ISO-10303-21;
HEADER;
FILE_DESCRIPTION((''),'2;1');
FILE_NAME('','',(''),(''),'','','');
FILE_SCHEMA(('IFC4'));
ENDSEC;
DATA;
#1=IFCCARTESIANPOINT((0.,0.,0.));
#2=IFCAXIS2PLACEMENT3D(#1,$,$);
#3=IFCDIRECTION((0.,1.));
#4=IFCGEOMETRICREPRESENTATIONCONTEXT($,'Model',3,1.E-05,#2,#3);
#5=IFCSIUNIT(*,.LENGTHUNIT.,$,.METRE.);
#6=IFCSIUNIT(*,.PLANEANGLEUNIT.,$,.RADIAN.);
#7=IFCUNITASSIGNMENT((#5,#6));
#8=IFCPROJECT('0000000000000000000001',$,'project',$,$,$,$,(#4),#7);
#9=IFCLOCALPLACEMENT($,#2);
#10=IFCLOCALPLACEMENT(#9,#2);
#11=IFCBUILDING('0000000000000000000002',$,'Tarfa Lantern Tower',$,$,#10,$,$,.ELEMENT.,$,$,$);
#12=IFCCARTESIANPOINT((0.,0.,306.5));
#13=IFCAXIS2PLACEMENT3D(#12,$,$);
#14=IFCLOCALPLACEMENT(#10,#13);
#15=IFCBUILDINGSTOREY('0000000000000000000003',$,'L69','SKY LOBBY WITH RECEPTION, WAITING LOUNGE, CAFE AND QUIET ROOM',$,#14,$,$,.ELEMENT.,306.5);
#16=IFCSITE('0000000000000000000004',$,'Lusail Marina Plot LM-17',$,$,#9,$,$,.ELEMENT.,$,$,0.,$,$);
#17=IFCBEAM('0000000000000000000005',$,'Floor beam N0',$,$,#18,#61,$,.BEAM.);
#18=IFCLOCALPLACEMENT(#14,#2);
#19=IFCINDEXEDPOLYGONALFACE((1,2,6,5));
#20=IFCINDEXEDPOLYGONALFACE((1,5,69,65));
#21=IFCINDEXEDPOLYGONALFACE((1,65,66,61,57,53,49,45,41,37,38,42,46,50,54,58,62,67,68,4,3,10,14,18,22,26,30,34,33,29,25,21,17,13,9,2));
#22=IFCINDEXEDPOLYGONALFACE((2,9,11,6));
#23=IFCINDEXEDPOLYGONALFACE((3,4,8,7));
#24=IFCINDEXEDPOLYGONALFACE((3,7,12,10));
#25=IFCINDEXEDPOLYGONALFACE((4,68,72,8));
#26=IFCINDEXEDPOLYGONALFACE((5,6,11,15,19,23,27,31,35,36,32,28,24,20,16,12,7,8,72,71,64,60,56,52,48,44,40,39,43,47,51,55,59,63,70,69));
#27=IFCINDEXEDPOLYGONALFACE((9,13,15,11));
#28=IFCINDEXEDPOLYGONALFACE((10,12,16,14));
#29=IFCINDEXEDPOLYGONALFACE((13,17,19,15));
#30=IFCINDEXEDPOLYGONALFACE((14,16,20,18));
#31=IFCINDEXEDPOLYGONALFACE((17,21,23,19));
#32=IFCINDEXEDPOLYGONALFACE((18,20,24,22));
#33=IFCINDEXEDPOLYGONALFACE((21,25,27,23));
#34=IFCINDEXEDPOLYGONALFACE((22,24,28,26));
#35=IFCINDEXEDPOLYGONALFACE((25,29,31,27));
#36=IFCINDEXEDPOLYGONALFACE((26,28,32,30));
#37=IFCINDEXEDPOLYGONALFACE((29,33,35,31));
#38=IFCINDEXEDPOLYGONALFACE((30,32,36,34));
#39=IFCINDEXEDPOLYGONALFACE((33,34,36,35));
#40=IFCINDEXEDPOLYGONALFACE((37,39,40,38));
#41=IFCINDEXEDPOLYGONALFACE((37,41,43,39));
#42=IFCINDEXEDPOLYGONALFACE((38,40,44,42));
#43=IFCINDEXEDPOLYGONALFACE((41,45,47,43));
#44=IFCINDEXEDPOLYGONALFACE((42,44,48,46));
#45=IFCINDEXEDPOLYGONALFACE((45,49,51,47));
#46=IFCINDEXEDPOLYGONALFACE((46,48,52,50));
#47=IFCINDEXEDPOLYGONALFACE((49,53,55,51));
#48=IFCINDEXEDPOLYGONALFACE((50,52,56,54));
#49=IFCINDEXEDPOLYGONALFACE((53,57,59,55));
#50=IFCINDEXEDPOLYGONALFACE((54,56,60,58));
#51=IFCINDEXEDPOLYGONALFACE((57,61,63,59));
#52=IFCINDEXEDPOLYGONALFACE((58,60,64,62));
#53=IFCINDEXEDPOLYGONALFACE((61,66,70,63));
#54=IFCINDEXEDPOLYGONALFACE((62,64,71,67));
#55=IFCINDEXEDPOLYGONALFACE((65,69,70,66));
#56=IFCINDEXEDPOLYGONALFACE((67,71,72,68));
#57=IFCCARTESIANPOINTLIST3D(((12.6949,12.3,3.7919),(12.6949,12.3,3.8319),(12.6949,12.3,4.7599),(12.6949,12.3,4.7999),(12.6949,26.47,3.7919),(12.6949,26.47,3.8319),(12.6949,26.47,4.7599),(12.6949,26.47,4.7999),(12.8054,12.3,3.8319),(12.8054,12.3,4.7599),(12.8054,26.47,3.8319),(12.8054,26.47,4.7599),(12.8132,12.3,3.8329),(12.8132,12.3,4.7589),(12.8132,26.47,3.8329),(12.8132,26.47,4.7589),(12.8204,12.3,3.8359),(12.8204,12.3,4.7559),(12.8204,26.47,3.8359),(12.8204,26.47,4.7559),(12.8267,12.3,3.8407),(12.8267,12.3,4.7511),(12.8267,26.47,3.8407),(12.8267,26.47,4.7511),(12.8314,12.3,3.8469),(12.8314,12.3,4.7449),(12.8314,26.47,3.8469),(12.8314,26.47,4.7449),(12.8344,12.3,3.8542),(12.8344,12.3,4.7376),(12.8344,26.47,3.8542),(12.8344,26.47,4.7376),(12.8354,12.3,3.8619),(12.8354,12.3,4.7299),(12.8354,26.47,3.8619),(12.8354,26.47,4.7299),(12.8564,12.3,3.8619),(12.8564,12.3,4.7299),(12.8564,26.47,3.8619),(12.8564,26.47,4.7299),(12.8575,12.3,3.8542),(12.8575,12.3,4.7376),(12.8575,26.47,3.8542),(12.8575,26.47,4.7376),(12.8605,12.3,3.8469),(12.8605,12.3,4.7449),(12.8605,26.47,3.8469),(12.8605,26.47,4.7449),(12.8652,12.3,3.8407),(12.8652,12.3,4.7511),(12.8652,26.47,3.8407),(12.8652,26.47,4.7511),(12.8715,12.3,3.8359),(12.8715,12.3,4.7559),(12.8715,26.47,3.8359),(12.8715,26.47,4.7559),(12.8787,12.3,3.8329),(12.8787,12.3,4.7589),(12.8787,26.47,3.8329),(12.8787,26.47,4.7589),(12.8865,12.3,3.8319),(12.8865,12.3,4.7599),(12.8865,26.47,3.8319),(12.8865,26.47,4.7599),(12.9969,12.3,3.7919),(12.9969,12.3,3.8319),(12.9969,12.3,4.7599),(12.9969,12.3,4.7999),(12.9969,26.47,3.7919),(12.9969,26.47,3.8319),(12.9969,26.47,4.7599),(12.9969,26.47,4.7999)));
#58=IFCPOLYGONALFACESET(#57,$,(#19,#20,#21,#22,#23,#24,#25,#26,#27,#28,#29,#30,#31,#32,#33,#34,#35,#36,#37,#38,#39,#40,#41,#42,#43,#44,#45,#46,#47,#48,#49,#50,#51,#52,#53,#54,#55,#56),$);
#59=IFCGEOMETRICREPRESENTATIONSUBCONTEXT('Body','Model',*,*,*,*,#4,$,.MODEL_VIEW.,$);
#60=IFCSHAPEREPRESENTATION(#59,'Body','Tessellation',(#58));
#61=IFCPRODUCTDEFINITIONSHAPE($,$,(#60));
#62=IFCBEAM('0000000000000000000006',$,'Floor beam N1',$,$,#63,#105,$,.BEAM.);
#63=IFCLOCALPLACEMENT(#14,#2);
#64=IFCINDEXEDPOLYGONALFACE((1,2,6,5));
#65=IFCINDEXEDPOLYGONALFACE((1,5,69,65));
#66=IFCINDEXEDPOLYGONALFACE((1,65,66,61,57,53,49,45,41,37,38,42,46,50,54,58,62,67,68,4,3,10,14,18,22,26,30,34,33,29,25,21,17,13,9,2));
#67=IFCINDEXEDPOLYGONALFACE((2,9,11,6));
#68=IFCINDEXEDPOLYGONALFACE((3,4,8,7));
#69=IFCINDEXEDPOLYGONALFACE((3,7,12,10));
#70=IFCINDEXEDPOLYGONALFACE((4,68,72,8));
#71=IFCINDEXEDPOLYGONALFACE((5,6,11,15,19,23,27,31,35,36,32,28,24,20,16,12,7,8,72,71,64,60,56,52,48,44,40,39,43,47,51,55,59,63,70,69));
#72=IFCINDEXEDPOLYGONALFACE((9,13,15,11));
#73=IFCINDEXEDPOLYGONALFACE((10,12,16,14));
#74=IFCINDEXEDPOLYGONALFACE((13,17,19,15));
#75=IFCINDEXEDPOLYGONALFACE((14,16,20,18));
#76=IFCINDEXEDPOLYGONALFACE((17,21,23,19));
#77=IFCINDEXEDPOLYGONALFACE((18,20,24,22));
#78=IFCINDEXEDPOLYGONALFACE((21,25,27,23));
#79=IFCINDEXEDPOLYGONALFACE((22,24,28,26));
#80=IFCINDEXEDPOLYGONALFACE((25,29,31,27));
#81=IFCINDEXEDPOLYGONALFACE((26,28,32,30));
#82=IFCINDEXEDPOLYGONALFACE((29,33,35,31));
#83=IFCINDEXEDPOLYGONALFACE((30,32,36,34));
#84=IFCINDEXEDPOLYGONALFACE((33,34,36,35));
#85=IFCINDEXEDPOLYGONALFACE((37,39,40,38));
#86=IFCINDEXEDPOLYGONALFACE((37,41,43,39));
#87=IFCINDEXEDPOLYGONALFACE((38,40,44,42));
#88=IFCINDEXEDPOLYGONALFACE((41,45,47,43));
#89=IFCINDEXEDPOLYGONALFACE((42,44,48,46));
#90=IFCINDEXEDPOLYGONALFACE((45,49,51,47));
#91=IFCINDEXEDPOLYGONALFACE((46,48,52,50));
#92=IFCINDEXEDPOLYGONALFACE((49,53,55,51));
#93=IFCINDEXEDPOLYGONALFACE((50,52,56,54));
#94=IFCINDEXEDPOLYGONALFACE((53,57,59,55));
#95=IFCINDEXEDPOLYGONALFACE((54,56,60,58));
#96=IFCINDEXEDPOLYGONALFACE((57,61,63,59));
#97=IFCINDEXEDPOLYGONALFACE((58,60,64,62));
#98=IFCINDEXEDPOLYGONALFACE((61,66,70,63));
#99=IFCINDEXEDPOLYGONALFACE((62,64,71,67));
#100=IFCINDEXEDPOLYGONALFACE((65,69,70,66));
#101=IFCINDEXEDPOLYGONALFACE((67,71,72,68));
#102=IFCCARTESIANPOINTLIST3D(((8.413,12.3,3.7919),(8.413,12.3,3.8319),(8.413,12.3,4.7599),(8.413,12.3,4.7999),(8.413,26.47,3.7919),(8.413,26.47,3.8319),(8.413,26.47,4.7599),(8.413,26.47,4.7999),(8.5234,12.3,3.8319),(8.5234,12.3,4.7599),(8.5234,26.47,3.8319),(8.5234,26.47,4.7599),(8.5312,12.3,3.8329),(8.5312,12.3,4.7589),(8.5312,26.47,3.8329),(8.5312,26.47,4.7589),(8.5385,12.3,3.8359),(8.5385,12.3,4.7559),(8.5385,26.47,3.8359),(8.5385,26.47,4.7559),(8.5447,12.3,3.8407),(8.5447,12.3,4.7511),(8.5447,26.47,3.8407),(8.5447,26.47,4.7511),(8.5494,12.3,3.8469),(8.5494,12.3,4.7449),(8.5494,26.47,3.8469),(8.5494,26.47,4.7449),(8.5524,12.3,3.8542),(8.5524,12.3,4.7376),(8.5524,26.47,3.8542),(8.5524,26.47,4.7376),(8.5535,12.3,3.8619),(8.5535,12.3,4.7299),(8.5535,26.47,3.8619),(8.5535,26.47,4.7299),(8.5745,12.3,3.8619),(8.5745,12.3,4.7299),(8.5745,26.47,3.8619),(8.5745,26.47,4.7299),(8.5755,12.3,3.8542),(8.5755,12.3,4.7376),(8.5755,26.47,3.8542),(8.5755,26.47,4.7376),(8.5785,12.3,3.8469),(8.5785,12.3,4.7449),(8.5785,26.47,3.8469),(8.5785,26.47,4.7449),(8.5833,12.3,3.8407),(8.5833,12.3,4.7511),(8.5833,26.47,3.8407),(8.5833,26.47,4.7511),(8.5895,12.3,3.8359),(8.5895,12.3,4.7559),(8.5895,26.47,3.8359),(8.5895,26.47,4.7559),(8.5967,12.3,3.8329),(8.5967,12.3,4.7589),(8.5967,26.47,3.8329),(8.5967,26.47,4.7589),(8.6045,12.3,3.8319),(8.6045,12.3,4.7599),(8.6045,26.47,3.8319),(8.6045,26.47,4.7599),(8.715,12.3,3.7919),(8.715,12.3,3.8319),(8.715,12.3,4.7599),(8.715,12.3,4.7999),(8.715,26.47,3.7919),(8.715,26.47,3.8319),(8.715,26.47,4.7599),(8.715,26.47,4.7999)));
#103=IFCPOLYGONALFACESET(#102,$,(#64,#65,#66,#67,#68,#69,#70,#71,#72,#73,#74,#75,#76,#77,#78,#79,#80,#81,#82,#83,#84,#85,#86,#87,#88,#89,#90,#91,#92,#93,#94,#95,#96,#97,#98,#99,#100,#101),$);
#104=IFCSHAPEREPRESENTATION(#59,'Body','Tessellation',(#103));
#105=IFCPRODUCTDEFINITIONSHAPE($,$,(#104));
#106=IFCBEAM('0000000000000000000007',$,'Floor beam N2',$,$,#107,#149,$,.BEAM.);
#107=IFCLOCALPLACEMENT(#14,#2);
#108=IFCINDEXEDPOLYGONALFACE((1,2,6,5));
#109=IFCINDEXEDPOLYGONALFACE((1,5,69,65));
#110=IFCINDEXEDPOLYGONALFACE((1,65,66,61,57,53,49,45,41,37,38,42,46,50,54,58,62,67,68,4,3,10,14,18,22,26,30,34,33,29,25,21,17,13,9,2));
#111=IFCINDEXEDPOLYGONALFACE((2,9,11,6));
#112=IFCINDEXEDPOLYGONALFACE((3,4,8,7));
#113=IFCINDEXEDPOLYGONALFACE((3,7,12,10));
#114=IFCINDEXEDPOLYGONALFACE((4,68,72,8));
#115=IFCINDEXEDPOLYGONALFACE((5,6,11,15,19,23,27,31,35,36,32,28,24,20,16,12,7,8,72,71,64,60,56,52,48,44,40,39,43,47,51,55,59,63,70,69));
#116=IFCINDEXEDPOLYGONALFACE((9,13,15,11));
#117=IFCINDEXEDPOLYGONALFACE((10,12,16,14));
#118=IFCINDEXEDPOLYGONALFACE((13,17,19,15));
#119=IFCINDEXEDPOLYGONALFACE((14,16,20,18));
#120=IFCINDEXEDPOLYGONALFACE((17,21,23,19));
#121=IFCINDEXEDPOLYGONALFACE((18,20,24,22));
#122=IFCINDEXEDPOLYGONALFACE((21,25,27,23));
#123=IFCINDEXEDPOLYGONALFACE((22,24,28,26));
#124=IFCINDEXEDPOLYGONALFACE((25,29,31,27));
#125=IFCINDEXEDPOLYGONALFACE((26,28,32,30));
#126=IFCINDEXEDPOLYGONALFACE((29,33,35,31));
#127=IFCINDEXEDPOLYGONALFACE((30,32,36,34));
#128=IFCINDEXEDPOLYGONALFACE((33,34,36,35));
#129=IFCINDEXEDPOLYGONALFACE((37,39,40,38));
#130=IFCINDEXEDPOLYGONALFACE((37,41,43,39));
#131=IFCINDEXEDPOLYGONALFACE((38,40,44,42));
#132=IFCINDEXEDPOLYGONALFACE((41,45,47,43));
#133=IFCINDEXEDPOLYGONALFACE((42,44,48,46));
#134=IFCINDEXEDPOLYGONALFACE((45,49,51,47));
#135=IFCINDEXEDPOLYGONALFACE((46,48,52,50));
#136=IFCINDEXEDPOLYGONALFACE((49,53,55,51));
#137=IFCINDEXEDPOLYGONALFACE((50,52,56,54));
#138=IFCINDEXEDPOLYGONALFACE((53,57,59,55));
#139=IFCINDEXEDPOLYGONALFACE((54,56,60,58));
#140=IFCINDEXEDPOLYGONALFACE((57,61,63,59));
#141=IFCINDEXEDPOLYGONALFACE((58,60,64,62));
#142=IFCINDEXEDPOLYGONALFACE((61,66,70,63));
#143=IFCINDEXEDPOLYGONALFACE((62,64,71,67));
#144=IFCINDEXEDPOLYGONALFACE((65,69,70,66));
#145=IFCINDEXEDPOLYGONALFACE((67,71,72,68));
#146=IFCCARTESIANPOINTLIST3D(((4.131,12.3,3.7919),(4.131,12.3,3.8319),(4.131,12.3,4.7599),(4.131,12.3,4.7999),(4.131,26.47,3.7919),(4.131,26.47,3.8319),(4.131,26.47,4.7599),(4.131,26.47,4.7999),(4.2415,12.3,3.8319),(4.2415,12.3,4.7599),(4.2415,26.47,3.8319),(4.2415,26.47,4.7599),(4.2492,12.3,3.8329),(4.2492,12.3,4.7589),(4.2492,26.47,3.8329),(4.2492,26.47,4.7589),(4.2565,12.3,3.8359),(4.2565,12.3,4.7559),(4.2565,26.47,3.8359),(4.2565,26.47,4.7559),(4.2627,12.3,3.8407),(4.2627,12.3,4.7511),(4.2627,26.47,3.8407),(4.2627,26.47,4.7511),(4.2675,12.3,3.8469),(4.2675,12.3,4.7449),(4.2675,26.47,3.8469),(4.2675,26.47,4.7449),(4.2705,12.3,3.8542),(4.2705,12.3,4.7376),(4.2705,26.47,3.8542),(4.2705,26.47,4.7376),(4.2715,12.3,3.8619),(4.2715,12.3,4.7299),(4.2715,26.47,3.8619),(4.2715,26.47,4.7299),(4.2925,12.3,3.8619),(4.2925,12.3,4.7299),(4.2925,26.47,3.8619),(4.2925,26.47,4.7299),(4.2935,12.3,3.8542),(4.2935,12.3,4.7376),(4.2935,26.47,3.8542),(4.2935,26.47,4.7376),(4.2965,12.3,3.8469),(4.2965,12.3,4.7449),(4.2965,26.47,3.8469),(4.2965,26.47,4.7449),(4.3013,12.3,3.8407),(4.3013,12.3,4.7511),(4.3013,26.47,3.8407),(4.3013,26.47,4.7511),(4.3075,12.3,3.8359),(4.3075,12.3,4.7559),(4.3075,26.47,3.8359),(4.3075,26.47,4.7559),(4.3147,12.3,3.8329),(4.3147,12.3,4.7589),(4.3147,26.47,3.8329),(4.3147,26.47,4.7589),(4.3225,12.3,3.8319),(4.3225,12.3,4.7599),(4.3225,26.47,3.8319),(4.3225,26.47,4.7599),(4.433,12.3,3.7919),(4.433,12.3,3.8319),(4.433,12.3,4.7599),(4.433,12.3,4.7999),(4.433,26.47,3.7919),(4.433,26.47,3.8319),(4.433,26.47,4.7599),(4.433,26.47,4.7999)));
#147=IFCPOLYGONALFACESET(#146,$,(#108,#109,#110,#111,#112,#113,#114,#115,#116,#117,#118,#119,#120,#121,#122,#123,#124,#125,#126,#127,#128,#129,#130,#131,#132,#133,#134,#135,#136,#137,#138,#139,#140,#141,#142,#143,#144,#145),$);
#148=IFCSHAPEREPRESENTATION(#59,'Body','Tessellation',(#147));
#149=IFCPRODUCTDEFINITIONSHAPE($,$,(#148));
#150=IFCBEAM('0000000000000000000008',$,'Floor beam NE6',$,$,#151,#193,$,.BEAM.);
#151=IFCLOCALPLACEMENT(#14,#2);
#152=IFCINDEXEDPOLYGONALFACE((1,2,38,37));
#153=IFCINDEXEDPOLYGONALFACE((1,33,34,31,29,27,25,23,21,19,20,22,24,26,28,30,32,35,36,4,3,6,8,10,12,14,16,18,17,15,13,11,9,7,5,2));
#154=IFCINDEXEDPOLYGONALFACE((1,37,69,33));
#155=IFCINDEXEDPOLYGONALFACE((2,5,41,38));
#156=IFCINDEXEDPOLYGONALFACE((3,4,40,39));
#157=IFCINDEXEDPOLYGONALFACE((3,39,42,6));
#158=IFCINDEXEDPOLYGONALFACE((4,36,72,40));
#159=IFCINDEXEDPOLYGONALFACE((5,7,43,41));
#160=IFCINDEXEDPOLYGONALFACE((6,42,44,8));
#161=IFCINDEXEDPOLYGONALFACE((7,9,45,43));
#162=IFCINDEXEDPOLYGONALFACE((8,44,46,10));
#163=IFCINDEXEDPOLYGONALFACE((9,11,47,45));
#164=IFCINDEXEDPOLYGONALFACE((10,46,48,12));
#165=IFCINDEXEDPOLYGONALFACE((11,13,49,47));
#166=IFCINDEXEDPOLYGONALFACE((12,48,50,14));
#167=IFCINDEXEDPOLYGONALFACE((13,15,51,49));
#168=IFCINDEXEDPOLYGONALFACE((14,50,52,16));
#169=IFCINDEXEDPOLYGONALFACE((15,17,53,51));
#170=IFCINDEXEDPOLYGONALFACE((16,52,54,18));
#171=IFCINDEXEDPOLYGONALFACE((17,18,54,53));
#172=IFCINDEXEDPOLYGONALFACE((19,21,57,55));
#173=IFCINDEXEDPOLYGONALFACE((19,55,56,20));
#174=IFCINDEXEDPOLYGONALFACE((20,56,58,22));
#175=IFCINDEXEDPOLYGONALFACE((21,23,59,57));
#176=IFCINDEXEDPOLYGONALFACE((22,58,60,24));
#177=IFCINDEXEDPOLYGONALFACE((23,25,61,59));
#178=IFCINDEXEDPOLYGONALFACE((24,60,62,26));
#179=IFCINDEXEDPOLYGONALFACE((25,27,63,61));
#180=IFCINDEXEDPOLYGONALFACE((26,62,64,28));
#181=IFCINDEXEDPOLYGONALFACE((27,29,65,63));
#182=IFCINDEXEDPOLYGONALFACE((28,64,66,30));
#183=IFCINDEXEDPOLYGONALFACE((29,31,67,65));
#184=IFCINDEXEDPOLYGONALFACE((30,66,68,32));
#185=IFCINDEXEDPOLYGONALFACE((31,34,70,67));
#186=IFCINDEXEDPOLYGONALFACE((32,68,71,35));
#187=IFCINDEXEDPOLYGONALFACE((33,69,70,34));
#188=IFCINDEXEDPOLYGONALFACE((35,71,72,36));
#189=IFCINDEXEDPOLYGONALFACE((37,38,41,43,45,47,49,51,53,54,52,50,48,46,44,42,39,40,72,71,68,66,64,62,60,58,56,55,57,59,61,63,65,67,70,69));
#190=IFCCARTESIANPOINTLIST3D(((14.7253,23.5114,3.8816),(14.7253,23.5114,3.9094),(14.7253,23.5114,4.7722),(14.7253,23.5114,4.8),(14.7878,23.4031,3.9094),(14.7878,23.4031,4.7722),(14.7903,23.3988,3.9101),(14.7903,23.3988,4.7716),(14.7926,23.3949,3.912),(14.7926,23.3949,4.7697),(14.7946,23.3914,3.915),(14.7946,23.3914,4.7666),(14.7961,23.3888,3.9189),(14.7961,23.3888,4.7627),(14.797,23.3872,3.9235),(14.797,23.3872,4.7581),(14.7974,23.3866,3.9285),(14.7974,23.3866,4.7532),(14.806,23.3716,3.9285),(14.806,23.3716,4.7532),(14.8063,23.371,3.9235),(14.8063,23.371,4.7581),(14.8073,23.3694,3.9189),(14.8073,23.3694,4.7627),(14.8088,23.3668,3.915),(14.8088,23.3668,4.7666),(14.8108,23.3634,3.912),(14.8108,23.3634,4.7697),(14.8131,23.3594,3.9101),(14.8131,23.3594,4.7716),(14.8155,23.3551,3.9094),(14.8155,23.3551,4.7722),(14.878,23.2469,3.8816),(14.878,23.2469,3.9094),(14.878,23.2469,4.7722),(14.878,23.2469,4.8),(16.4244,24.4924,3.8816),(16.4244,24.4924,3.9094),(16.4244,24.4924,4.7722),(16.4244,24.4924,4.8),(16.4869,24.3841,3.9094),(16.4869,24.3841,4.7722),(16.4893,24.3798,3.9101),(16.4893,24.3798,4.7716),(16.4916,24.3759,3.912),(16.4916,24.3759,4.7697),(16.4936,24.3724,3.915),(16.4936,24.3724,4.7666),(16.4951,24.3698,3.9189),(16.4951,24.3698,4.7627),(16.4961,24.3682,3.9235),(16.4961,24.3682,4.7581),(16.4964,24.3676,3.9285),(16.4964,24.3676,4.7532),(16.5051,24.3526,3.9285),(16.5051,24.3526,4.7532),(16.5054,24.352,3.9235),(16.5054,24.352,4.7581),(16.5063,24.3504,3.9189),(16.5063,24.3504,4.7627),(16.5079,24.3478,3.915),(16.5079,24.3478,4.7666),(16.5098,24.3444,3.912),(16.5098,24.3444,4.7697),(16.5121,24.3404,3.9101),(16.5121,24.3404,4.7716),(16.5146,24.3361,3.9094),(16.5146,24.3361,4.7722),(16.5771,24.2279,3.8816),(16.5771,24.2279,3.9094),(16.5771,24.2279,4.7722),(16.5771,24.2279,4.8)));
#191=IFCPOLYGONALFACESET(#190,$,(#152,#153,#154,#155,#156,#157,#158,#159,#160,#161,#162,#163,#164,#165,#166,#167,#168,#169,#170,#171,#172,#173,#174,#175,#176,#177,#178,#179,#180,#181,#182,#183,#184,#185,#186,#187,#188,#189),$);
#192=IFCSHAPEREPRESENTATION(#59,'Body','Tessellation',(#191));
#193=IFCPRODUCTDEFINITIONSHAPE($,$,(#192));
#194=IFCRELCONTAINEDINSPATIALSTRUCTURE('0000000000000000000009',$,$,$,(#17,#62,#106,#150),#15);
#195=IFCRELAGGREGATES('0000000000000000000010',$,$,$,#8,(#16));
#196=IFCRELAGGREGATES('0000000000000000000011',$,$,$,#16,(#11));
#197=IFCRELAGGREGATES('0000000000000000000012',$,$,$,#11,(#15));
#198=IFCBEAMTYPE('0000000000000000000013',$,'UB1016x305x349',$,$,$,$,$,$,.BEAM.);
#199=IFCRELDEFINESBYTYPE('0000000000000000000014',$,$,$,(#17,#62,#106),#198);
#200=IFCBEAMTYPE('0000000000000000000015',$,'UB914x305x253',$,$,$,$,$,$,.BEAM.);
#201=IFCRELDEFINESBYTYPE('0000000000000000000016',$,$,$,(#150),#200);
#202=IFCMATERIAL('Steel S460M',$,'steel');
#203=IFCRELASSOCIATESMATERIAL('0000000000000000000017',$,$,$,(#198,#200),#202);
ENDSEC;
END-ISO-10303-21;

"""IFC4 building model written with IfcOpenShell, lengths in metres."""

from ifc_helpers import new_model, si_unit, direction, frame, origin, origin_2d, place, context, subcontext, project, spatial, i_section, extrude, material, material_profile, profile_set, type_object, element, save


model = new_model("IFC4")

# Units and contexts
model_context = context("Model", 3, precision=1e-05, world=origin(), true_north=direction((0.0, 1.0)))
body_context = subcontext(model_context, "Body", "Model", "MODEL_VIEW")
ifc_project = project(units=[si_unit("LENGTHUNIT", "METRE"), si_unit("PLANEANGLEUNIT", "RADIAN")], contexts=[model_context])

# Site, building, storey
site_placement = place(None, origin())
site = spatial("IfcSite", under=ifc_project, at=site_placement, Name="Lusail Marina Plot LM-17", CompositionType="ELEMENT", RefElevation=0.0)
building_placement = place(site_placement, origin())
building = spatial("IfcBuilding", under=site, at=building_placement, Name="Tarfa Lantern Tower", CompositionType="ELEMENT")
storey_placement = place(building_placement, frame((0.0, 0.0, 306.5)))
storey = spatial("IfcBuildingStorey", under=building, at=storey_placement, Name="L69", Description="SKY LOBBY WITH RECEPTION, WAITING LOUNGE, CAFE AND QUIET ROOM", CompositionType="ELEMENT", Elevation=306.5)

# Shared definitions
ifc_material_1 = material(Name="Steel S460M", Category="steel")

# Beams
ifc_material_profile_1 = material_profile(ifc_material_1, i_section(OverallWidth=0.302, OverallDepth=1.0081, WebThickness=0.021, FlangeThickness=0.04, FilletRadius=0.03, at=origin_2d()), Name="UB1016x305x349")
ifc_profile_set_1 = profile_set([ifc_material_profile_1], Name="Steel S460M")
beam_type_1 = type_object("IfcBeamType", Name="UB1016x305x349", PredefinedType="BEAM", material=ifc_profile_set_1)
for number, where, z_axis, x_axis, name in (
    (1, (12.8459, 26.47, 4.2959), (0.0, -1.0, 0.0), (1.0, 0.0, 0.0), "Floor beam N0"),
    (2, (8.564, 26.47, 4.2959), (0.0, -1.0, 0.0), (1.0, 0.0, 0.0), "Floor beam N1"),
    (3, (4.282, 26.47, 4.2959), (0.0, -1.0, 0.0), (1.0, 0.0, 0.0), "Floor beam N2"),
):
    element("IfcBeam", number, at=place(storey_placement, frame(where, z_axis=z_axis, x_axis=x_axis)), inside=storey, type_object=beam_type_1, Name=name, PredefinedType="BEAM", context=body_context, shape_type="SweptSolid", body=[
        extrude(i_section(OverallWidth=0.302, OverallDepth=1.0081, WebThickness=0.021, FlangeThickness=0.04, FilletRadius=0.03, at=origin_2d()), origin(), (0.0, 0.0, 1.0), 14.1699),
    ])
ifc_material_profile_2 = material_profile(ifc_material_1, i_section(OverallWidth=0.3054, OverallDepth=0.9185, WebThickness=0.0173, FlangeThickness=0.0278, FilletRadius=0.019, at=origin_2d()), Name="UB914x305x253")
ifc_profile_set_2 = profile_set([ifc_material_profile_2], Name="Steel S460M")
beam_type_2 = type_object("IfcBeamType", Name="UB914x305x253", PredefinedType="BEAM", material=ifc_profile_set_2)
beam_1_placement = place(storey_placement, frame((16.5007, 24.3601, 4.3408), z_axis=(-0.866014, -0.50002, 0.0), x_axis=(0.50002, -0.866014, 0.0)))
element("IfcBeam", 4, at=beam_1_placement, inside=storey, type_object=beam_type_2, Name="Floor beam NE6", PredefinedType="BEAM", context=body_context, shape_type="SweptSolid", body=[
    extrude(i_section(OverallWidth=0.3054, OverallDepth=0.9185, WebThickness=0.0173, FlangeThickness=0.0278, FilletRadius=0.019, at=origin_2d()), origin(), (0.0, 0.0, 1.0), 1.9619),
])

save(model, "model.ifc")
